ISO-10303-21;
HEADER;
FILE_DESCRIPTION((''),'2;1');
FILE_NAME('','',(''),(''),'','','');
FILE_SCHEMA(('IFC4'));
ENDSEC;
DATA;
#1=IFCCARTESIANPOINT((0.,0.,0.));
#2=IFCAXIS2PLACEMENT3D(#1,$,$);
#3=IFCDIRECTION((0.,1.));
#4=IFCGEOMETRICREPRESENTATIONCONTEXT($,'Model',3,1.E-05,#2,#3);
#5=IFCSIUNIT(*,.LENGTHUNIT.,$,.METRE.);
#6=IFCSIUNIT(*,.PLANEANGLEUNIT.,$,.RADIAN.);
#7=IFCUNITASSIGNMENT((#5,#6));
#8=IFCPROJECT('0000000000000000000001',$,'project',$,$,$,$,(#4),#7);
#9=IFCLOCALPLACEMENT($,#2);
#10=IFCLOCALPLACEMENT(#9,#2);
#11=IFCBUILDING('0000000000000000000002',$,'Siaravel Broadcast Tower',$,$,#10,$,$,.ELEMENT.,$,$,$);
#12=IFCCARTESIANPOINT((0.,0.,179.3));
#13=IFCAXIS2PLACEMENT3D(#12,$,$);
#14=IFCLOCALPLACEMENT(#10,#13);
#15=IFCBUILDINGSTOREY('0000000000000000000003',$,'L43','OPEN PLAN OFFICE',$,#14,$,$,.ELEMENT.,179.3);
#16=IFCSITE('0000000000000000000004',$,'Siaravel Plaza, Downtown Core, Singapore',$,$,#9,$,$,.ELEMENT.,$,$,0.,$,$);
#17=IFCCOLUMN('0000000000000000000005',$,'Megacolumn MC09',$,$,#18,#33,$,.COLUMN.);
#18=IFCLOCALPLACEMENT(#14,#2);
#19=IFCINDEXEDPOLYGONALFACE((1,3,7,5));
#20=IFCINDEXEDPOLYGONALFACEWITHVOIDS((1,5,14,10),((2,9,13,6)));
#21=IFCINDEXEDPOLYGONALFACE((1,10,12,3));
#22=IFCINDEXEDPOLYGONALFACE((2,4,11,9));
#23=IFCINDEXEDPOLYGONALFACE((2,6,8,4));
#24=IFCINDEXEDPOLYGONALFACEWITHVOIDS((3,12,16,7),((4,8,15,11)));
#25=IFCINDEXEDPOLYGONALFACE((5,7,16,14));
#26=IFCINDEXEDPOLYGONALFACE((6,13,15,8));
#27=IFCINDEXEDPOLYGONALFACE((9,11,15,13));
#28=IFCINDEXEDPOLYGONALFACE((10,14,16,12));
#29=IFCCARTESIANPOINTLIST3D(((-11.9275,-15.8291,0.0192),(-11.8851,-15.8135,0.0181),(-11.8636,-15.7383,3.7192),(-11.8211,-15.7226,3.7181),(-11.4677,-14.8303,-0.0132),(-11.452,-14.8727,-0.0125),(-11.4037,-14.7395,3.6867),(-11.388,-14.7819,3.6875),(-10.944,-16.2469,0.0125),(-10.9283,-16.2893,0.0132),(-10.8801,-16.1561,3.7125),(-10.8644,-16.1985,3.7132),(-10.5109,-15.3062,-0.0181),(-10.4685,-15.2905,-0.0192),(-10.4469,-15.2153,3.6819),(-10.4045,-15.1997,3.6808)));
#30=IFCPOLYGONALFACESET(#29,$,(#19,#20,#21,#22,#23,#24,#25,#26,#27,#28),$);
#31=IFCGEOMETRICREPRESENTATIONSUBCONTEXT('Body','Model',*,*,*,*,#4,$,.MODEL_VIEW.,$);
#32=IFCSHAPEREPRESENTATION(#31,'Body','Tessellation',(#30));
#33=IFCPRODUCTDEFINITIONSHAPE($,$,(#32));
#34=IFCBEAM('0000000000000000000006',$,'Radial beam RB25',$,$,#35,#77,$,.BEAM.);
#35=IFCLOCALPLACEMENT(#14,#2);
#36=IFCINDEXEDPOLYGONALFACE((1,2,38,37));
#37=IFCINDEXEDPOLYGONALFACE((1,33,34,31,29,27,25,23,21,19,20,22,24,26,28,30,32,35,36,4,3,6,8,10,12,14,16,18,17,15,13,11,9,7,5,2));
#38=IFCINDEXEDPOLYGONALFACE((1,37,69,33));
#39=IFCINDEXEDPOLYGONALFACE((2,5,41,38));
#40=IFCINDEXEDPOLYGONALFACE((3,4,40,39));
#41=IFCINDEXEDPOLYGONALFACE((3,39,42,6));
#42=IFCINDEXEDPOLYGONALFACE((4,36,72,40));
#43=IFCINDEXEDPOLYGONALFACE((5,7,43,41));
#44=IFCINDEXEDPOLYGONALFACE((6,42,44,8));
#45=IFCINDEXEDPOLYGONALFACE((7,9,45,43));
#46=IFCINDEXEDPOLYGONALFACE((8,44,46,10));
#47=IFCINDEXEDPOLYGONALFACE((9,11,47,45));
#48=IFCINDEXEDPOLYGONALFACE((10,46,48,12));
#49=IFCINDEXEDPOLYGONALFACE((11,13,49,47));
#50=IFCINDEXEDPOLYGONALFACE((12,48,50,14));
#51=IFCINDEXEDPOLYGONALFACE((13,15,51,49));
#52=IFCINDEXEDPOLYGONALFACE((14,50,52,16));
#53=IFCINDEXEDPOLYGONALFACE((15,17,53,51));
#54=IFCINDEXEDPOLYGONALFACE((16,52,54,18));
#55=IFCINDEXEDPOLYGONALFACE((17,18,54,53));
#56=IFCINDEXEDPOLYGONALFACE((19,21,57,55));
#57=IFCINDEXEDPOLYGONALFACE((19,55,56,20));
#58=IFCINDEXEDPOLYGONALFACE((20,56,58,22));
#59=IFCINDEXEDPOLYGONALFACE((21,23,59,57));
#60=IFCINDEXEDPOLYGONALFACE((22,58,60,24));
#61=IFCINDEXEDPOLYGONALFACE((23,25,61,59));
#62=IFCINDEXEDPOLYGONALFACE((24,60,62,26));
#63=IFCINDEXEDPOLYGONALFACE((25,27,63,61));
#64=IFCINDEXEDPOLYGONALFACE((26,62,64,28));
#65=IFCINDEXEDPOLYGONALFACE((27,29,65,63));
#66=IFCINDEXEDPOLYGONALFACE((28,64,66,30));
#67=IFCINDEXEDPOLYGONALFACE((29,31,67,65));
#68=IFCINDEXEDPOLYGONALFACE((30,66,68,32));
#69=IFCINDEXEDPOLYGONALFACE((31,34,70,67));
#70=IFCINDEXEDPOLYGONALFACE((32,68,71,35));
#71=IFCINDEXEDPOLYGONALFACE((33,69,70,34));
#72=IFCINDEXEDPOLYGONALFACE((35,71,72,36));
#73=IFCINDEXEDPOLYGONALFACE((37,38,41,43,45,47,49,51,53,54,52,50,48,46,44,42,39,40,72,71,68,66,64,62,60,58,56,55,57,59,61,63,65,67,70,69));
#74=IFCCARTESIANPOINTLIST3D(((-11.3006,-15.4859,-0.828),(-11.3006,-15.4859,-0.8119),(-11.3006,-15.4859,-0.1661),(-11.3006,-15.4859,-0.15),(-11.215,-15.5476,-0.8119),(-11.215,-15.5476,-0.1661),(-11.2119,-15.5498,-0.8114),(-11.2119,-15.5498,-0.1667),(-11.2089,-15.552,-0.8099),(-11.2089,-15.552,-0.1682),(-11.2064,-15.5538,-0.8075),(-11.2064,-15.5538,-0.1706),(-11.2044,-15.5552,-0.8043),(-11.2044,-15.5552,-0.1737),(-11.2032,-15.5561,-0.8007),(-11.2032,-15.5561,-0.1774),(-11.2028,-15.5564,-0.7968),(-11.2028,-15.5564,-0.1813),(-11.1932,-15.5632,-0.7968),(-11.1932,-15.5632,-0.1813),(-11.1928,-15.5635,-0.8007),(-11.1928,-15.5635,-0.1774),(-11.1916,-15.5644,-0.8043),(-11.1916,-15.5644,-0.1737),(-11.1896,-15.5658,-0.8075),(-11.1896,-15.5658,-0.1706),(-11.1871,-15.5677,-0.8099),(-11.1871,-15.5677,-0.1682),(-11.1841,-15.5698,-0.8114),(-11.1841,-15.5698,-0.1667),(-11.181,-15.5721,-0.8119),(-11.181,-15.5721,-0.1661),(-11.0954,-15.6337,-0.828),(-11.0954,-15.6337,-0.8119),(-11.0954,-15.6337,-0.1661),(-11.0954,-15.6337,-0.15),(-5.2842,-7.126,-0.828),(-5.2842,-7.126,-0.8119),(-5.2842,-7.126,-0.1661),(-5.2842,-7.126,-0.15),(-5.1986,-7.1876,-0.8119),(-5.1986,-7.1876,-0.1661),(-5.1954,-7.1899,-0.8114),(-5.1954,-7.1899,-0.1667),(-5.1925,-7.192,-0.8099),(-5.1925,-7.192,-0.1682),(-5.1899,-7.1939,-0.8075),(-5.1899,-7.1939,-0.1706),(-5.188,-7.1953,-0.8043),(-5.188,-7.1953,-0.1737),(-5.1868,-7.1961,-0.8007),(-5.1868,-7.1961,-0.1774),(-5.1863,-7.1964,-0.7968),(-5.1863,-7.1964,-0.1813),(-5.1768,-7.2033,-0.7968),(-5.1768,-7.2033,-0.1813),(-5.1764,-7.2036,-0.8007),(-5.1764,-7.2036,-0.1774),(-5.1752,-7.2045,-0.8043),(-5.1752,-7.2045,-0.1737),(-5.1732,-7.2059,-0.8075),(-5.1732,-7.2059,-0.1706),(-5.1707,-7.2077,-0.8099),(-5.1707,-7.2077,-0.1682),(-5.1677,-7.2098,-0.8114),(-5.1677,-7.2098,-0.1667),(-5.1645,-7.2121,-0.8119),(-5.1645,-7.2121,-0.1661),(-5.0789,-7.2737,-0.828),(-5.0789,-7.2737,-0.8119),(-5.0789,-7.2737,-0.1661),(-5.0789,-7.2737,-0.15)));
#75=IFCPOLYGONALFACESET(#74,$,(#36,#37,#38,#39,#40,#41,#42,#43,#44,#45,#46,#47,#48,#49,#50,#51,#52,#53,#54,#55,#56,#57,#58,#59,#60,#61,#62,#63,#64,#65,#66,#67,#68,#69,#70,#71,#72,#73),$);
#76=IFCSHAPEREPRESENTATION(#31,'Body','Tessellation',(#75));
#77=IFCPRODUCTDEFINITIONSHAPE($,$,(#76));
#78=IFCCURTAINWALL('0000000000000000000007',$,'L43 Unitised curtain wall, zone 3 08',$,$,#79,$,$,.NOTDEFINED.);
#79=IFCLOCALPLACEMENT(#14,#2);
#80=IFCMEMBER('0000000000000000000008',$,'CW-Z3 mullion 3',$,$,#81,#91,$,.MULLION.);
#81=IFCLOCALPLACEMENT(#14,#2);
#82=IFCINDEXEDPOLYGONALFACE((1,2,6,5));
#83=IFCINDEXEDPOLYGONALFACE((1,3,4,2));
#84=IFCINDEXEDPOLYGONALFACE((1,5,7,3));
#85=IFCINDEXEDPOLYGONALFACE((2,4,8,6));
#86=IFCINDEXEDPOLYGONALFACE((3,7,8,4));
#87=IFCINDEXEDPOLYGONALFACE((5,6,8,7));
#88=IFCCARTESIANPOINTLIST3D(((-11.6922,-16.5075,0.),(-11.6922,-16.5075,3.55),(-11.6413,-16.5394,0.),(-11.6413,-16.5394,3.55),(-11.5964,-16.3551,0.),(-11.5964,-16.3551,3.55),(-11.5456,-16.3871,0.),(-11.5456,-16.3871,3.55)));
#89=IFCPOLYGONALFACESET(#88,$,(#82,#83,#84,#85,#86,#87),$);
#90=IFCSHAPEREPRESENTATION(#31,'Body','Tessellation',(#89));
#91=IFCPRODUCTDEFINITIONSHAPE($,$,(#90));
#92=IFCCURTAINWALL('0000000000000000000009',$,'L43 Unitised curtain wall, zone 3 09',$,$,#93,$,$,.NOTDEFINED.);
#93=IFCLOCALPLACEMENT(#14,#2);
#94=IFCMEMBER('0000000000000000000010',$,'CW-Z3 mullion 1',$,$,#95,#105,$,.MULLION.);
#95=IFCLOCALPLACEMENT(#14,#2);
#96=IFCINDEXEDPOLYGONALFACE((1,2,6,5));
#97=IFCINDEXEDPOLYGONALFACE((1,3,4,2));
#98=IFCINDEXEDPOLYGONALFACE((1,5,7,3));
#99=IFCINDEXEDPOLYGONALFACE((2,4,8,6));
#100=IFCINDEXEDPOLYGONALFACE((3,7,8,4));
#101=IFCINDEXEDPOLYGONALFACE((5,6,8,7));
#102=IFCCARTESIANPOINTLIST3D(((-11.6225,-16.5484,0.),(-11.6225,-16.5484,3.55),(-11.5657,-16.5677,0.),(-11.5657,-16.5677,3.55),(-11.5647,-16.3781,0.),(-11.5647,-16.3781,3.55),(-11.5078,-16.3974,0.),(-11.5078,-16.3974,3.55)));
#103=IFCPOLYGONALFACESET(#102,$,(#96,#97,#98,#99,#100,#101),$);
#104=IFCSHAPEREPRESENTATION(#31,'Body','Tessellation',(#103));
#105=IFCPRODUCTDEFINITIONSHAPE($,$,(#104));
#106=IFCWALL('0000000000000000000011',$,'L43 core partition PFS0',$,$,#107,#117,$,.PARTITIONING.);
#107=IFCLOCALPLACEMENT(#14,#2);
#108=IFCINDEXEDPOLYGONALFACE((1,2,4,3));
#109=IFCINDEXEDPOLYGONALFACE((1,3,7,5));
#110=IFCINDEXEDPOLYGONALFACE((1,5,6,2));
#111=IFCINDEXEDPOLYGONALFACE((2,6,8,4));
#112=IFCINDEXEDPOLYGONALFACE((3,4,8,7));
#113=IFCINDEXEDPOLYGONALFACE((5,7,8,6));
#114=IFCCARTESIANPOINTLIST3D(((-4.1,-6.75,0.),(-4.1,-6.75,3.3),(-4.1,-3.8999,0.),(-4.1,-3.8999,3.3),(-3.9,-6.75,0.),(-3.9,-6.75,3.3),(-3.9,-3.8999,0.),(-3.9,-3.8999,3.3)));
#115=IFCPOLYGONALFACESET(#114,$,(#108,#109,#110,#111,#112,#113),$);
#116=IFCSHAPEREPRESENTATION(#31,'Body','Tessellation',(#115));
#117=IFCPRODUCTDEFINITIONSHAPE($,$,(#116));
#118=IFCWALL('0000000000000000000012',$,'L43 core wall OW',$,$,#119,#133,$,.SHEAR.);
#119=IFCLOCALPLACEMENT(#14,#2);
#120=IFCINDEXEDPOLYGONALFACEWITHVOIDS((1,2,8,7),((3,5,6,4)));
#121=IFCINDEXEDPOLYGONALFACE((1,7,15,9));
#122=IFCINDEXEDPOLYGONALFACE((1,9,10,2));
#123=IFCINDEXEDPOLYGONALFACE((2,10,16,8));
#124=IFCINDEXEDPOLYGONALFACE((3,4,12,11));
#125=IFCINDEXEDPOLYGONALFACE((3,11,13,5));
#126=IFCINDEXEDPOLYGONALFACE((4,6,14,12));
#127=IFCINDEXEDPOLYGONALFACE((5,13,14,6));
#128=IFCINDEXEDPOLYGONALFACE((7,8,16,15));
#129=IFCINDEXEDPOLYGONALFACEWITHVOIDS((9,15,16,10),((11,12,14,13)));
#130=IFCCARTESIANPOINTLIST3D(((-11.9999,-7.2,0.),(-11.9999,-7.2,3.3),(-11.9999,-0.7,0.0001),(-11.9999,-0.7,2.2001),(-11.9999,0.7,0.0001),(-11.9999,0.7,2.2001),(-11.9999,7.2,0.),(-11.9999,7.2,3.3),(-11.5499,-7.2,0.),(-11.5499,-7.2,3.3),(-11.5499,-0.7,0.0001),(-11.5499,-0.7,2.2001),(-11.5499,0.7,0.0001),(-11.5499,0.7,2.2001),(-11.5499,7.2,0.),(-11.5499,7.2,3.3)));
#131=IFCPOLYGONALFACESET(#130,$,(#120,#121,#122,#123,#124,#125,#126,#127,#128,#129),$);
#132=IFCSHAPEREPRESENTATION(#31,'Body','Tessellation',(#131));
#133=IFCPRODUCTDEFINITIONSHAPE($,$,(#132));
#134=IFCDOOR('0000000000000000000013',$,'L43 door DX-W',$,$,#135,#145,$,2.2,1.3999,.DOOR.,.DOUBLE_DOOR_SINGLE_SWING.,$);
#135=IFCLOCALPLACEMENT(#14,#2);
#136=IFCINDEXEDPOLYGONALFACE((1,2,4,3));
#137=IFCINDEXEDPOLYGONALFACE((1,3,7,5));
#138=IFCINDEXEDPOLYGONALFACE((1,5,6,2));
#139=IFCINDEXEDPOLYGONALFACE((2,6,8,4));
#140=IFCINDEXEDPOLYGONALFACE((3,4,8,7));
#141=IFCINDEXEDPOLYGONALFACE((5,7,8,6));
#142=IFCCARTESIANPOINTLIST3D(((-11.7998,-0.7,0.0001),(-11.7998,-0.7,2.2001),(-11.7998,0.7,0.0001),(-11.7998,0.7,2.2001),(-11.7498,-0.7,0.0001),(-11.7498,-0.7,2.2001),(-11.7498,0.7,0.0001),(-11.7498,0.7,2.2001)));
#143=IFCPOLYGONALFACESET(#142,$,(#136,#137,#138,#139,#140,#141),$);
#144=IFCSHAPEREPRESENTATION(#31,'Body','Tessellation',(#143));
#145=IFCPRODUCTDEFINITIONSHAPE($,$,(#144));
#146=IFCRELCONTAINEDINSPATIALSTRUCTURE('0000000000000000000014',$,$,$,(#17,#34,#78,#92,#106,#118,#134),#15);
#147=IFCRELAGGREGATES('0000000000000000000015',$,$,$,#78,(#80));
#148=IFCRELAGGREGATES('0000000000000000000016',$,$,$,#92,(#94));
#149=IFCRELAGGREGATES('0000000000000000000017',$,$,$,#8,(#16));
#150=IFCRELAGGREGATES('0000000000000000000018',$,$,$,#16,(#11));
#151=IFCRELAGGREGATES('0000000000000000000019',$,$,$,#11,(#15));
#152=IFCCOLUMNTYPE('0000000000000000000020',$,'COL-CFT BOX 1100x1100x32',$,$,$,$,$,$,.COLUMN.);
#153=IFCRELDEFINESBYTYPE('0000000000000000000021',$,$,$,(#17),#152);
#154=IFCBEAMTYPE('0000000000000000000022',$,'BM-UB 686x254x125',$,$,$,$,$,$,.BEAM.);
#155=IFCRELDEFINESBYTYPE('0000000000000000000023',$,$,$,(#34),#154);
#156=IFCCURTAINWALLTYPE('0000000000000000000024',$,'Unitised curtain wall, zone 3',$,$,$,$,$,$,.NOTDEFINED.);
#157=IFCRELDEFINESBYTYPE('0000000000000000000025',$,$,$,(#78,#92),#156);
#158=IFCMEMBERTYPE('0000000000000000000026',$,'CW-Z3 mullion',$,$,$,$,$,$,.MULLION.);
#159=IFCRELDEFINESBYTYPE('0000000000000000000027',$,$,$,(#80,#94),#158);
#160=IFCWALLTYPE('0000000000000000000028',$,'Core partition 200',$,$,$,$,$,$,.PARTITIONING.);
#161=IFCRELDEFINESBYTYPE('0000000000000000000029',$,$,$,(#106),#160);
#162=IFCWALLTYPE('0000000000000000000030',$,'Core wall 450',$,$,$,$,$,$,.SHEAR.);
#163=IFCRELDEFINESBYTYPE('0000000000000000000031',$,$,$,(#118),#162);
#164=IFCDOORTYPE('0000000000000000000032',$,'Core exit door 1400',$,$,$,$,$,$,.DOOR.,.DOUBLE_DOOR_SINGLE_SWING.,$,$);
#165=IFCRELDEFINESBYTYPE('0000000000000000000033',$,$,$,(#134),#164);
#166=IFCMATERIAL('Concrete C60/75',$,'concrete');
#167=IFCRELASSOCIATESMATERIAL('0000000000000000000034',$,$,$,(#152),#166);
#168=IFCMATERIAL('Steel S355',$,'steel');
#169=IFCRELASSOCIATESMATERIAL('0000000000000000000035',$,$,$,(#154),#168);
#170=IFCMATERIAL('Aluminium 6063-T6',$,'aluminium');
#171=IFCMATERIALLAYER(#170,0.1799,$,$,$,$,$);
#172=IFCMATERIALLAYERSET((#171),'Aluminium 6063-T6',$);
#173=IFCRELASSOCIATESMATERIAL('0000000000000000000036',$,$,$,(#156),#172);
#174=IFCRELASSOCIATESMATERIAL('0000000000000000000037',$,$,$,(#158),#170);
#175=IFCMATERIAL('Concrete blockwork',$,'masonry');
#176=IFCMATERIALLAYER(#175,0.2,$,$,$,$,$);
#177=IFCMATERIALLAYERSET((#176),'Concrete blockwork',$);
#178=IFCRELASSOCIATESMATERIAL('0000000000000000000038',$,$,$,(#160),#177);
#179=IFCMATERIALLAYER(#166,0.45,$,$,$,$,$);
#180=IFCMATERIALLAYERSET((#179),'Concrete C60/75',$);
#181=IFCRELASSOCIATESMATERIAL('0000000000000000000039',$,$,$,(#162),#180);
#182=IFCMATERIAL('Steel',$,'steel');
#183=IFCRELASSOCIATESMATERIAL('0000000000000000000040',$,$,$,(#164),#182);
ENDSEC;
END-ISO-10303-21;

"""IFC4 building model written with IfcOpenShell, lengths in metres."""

from ifc_helpers import new_model, si_unit, direction, frame, frame_2d, origin, origin_2d, place, context, subcontext, project, spatial, rectangle, hollow_rectangle, i_section, extrude, material, layer, layer_set, material_profile, profile_set, type_object, element, fill, aggregate, save


model = new_model("IFC4")

# Units and contexts
model_context = context("Model", 3, precision=1e-05, world=origin(), true_north=direction((0.0, 1.0)))
body_context = subcontext(model_context, "Body", "Model", "MODEL_VIEW")
ifc_project = project(units=[si_unit("LENGTHUNIT", "METRE"), si_unit("PLANEANGLEUNIT", "RADIAN")], contexts=[model_context])

# Site, building, storey
site_placement = place(None, origin())
site = spatial("IfcSite", under=ifc_project, at=site_placement, Name="Siaravel Plaza, Downtown Core, Singapore", CompositionType="ELEMENT", RefElevation=0.0)
building_placement = place(site_placement, origin())
building = spatial("IfcBuilding", under=site, at=building_placement, Name="Siaravel Broadcast Tower", CompositionType="ELEMENT")
storey_placement = place(building_placement, frame((0.0, 0.0, 179.3)))
storey = spatial("IfcBuildingStorey", under=building, at=storey_placement, Name="L43", Description="OPEN PLAN OFFICE", CompositionType="ELEMENT", Elevation=179.3)

# Column
ifc_material_1 = material(Name="Concrete C60/75", Category="concrete")
ifc_material_profile_1 = material_profile(ifc_material_1, hollow_rectangle(XDim=1.1001, YDim=1.1001, WallThickness=0.032, at=origin_2d()))
ifc_profile_set_1 = profile_set([ifc_material_profile_1], Name="Concrete C60/75")
column_type = type_object("IfcColumnType", Name="COL-CFT BOX 1100x1100x32", PredefinedType="COLUMN", material=ifc_profile_set_1)
column_placement = place(storey_placement, frame((-11.198, -15.5598, 0.0), z_axis=(0.01728, 0.024535, 0.99955), x_axis=(-0.908271, 0.418347, 0.005433)))
element("IfcColumn", 1, at=column_placement, inside=storey, type_object=column_type, Name="Megacolumn MC09", PredefinedType="COLUMN", context=body_context, shape_type="SweptSolid", body=[
    extrude(hollow_rectangle(XDim=1.1001, YDim=1.1001, WallThickness=0.032, at=origin_2d()), origin(), (0.0, 0.0, 1.0), 3.7017),
])

# Beam
ifc_material_2 = material(Name="Steel S355", Category="steel")
ifc_material_profile_2 = material_profile(ifc_material_2, i_section(OverallWidth=0.2529, OverallDepth=0.678, WebThickness=0.0117, FlangeThickness=0.0161, FilletRadius=0.0151, at=origin_2d()))
ifc_profile_set_2 = profile_set([ifc_material_profile_2], Name="Steel S355")
beam_type = type_object("IfcBeamType", Name="BM-UB 686x254x125", PredefinedType="BEAM", material=ifc_profile_set_2)
beam_placement = place(storey_placement, frame((-11.198, -15.5598, -0.489), z_axis=(0.584129, 0.811661, 0.0), x_axis=(-0.811661, 0.584129, 0.0)))
element("IfcBeam", 2, at=beam_placement, inside=storey, type_object=beam_type, Name="Radial beam RB25", PredefinedType="BEAM", context=body_context, shape_type="SweptSolid", body=[
    extrude(i_section(OverallWidth=0.2529, OverallDepth=0.678, WebThickness=0.0117, FlangeThickness=0.0161, FilletRadius=0.0151, at=origin_2d()), origin(), (0.0, 0.0, 1.0), 10.2998),
])

# Curtain walls, members
ifc_material_3 = material(Name="Aluminium 6063-T6", Category="aluminium")
ifc_layer_1 = layer(ifc_material_3, 0.1799)
ifc_layer_set_1 = layer_set([ifc_layer_1], Name="Aluminium 6063-T6")
curtain_wall_type = type_object("IfcCurtainWallType", Name="Unitised curtain wall, zone 3", PredefinedType="NOTDEFINED", material=ifc_layer_set_1)
curtain_wall_1_placement = place(storey_placement, origin())
curtain_wall_1 = element("IfcCurtainWall", 3, at=curtain_wall_1_placement, inside=storey, type_object=curtain_wall_type, Name="L43 Unitised curtain wall, zone 3 08", PredefinedType="NOTDEFINED")
ifc_material_profile_3 = material_profile(ifc_material_3, rectangle(XDim=0.1799, YDim=0.0601, at=origin_2d()))
ifc_profile_set_3 = profile_set([ifc_material_profile_3], Name="Aluminium 6063-T6")
member_type = type_object("IfcMemberType", Name="CW-Z3 mullion", PredefinedType="MULLION", material=ifc_profile_set_3)
member_1_placement = place(storey_placement, frame((-11.6189, -16.4473, 0.0), z_axis=(0.0, 0.0, 1.0), x_axis=(0.532149, 0.846651, 0.0)))
member_1 = element("IfcMember", 4, at=member_1_placement, type_object=member_type, Name="CW-Z3 mullion 3", PredefinedType="MULLION", context=body_context, shape_type="SweptSolid", body=[
    extrude(rectangle(XDim=0.1799, YDim=0.0601, at=origin_2d()), origin(), (0.0, 0.0, 1.0), 3.55),
])
aggregate(curtain_wall_1, [member_1])
curtain_wall_2_placement = place(storey_placement, origin())
curtain_wall_2 = element("IfcCurtainWall", 5, at=curtain_wall_2_placement, inside=storey, type_object=curtain_wall_type, Name="L43 Unitised curtain wall, zone 3 09", PredefinedType="NOTDEFINED")
member_2_placement = place(storey_placement, frame((-11.5652, -16.4729, 0.0), z_axis=(0.0, 0.0, 1.0), x_axis=(0.3213, 0.946977, 0.0)))
member_2 = element("IfcMember", 6, at=member_2_placement, type_object=member_type, Name="CW-Z3 mullion 1", PredefinedType="MULLION", context=body_context, shape_type="SweptSolid", body=[
    extrude(rectangle(XDim=0.1799, YDim=0.0601, at=origin_2d()), origin(), (0.0, 0.0, 1.0), 3.55),
])
aggregate(curtain_wall_2, [member_2])

# Wall
ifc_material_4 = material(Name="Concrete blockwork", Category="masonry")
ifc_layer_2 = layer(ifc_material_4, 0.2)
ifc_layer_set_2 = layer_set([ifc_layer_2], Name="Concrete blockwork")
wall_type_1 = type_object("IfcWallType", Name="Core partition 200", PredefinedType="PARTITIONING", material=ifc_layer_set_2)
wall_1_placement = place(storey_placement, frame((-4.0, -6.75, 0.0), z_axis=(0.0, 0.0, 1.0), x_axis=(0.0, 1.0, 0.0)))
element("IfcWall", 7, at=wall_1_placement, inside=storey, type_object=wall_type_1, Name="L43 core partition PFS0", PredefinedType="PARTITIONING", context=body_context, shape_type="SweptSolid", body=[
    extrude(rectangle(XDim=2.8501, YDim=0.2, at=frame_2d((1.425, 0.0))), origin(), (0.0, 0.0, 1.0), 3.3),
])

# Wall, opening, door
ifc_layer_3 = layer(ifc_material_1, 0.45)
ifc_layer_set_3 = layer_set([ifc_layer_3], Name="Concrete C60/75")
wall_type_2 = type_object("IfcWallType", Name="Core wall 450", PredefinedType="SHEAR", material=ifc_layer_set_3)
wall_2_placement = place(storey_placement, frame((-11.7749, -7.2, 0.0), z_axis=(0.0, 0.0, 1.0), x_axis=(0.0, 1.0, 0.0)))
wall_2 = element("IfcWall", 8, at=wall_2_placement, inside=storey, type_object=wall_type_2, Name="L43 core wall OW", PredefinedType="SHEAR", context=body_context, shape_type="SweptSolid", body=[
    extrude(rectangle(XDim=14.3999, YDim=0.45, at=frame_2d((7.2, 0.0))), origin(), (0.0, 0.0, 1.0), 3.3),
])
opening_1_placement = place(wall_2_placement, frame((6.5, 0.0, 0.0)))
opening_1 = element("IfcOpeningElement", 9, at=opening_1_placement, cuts=wall_2, PredefinedType="OPENING", context=body_context, shape_type="SweptSolid", body=[
    extrude(rectangle(XDim=1.3999, YDim=2.2, at=frame_2d((0.7, 1.1001))), frame((0.0, 0.2349, 0.0), z_axis=(0.0, -1.0, 0.0), x_axis=(1.0, 0.0, 0.0)), (0.0, 0.0, 1.0), 0.47),
])
ifc_material_5 = material(Name="Steel", Category="steel")
door_type_1 = type_object("IfcDoorType", Name="Core exit door 1400", OperationType="DOUBLE_DOOR_SINGLE_SWING", PredefinedType="DOOR", material=ifc_material_5)
door_1_placement = place(opening_1_placement, origin())
door_1 = element("IfcDoor", 10, at=door_1_placement, inside=storey, type_object=door_type_1, Name="L43 door DX-W", OperationType="DOUBLE_DOOR_SINGLE_SWING", OverallHeight=2.2, OverallWidth=1.3999, PredefinedType="DOOR", context=body_context, shape_type="SweptSolid", body=[
    extrude(rectangle(XDim=1.3999, YDim=2.2, at=frame_2d((0.7, 1.1001))), frame((0.0, 0.0249, 0.0), z_axis=(0.0, -1.0, 0.0), x_axis=(1.0, 0.0, 0.0)), (0.0, 0.0, 1.0), 0.05),
])
fill(opening_1, door_1)

save(model, "model.ifc")
